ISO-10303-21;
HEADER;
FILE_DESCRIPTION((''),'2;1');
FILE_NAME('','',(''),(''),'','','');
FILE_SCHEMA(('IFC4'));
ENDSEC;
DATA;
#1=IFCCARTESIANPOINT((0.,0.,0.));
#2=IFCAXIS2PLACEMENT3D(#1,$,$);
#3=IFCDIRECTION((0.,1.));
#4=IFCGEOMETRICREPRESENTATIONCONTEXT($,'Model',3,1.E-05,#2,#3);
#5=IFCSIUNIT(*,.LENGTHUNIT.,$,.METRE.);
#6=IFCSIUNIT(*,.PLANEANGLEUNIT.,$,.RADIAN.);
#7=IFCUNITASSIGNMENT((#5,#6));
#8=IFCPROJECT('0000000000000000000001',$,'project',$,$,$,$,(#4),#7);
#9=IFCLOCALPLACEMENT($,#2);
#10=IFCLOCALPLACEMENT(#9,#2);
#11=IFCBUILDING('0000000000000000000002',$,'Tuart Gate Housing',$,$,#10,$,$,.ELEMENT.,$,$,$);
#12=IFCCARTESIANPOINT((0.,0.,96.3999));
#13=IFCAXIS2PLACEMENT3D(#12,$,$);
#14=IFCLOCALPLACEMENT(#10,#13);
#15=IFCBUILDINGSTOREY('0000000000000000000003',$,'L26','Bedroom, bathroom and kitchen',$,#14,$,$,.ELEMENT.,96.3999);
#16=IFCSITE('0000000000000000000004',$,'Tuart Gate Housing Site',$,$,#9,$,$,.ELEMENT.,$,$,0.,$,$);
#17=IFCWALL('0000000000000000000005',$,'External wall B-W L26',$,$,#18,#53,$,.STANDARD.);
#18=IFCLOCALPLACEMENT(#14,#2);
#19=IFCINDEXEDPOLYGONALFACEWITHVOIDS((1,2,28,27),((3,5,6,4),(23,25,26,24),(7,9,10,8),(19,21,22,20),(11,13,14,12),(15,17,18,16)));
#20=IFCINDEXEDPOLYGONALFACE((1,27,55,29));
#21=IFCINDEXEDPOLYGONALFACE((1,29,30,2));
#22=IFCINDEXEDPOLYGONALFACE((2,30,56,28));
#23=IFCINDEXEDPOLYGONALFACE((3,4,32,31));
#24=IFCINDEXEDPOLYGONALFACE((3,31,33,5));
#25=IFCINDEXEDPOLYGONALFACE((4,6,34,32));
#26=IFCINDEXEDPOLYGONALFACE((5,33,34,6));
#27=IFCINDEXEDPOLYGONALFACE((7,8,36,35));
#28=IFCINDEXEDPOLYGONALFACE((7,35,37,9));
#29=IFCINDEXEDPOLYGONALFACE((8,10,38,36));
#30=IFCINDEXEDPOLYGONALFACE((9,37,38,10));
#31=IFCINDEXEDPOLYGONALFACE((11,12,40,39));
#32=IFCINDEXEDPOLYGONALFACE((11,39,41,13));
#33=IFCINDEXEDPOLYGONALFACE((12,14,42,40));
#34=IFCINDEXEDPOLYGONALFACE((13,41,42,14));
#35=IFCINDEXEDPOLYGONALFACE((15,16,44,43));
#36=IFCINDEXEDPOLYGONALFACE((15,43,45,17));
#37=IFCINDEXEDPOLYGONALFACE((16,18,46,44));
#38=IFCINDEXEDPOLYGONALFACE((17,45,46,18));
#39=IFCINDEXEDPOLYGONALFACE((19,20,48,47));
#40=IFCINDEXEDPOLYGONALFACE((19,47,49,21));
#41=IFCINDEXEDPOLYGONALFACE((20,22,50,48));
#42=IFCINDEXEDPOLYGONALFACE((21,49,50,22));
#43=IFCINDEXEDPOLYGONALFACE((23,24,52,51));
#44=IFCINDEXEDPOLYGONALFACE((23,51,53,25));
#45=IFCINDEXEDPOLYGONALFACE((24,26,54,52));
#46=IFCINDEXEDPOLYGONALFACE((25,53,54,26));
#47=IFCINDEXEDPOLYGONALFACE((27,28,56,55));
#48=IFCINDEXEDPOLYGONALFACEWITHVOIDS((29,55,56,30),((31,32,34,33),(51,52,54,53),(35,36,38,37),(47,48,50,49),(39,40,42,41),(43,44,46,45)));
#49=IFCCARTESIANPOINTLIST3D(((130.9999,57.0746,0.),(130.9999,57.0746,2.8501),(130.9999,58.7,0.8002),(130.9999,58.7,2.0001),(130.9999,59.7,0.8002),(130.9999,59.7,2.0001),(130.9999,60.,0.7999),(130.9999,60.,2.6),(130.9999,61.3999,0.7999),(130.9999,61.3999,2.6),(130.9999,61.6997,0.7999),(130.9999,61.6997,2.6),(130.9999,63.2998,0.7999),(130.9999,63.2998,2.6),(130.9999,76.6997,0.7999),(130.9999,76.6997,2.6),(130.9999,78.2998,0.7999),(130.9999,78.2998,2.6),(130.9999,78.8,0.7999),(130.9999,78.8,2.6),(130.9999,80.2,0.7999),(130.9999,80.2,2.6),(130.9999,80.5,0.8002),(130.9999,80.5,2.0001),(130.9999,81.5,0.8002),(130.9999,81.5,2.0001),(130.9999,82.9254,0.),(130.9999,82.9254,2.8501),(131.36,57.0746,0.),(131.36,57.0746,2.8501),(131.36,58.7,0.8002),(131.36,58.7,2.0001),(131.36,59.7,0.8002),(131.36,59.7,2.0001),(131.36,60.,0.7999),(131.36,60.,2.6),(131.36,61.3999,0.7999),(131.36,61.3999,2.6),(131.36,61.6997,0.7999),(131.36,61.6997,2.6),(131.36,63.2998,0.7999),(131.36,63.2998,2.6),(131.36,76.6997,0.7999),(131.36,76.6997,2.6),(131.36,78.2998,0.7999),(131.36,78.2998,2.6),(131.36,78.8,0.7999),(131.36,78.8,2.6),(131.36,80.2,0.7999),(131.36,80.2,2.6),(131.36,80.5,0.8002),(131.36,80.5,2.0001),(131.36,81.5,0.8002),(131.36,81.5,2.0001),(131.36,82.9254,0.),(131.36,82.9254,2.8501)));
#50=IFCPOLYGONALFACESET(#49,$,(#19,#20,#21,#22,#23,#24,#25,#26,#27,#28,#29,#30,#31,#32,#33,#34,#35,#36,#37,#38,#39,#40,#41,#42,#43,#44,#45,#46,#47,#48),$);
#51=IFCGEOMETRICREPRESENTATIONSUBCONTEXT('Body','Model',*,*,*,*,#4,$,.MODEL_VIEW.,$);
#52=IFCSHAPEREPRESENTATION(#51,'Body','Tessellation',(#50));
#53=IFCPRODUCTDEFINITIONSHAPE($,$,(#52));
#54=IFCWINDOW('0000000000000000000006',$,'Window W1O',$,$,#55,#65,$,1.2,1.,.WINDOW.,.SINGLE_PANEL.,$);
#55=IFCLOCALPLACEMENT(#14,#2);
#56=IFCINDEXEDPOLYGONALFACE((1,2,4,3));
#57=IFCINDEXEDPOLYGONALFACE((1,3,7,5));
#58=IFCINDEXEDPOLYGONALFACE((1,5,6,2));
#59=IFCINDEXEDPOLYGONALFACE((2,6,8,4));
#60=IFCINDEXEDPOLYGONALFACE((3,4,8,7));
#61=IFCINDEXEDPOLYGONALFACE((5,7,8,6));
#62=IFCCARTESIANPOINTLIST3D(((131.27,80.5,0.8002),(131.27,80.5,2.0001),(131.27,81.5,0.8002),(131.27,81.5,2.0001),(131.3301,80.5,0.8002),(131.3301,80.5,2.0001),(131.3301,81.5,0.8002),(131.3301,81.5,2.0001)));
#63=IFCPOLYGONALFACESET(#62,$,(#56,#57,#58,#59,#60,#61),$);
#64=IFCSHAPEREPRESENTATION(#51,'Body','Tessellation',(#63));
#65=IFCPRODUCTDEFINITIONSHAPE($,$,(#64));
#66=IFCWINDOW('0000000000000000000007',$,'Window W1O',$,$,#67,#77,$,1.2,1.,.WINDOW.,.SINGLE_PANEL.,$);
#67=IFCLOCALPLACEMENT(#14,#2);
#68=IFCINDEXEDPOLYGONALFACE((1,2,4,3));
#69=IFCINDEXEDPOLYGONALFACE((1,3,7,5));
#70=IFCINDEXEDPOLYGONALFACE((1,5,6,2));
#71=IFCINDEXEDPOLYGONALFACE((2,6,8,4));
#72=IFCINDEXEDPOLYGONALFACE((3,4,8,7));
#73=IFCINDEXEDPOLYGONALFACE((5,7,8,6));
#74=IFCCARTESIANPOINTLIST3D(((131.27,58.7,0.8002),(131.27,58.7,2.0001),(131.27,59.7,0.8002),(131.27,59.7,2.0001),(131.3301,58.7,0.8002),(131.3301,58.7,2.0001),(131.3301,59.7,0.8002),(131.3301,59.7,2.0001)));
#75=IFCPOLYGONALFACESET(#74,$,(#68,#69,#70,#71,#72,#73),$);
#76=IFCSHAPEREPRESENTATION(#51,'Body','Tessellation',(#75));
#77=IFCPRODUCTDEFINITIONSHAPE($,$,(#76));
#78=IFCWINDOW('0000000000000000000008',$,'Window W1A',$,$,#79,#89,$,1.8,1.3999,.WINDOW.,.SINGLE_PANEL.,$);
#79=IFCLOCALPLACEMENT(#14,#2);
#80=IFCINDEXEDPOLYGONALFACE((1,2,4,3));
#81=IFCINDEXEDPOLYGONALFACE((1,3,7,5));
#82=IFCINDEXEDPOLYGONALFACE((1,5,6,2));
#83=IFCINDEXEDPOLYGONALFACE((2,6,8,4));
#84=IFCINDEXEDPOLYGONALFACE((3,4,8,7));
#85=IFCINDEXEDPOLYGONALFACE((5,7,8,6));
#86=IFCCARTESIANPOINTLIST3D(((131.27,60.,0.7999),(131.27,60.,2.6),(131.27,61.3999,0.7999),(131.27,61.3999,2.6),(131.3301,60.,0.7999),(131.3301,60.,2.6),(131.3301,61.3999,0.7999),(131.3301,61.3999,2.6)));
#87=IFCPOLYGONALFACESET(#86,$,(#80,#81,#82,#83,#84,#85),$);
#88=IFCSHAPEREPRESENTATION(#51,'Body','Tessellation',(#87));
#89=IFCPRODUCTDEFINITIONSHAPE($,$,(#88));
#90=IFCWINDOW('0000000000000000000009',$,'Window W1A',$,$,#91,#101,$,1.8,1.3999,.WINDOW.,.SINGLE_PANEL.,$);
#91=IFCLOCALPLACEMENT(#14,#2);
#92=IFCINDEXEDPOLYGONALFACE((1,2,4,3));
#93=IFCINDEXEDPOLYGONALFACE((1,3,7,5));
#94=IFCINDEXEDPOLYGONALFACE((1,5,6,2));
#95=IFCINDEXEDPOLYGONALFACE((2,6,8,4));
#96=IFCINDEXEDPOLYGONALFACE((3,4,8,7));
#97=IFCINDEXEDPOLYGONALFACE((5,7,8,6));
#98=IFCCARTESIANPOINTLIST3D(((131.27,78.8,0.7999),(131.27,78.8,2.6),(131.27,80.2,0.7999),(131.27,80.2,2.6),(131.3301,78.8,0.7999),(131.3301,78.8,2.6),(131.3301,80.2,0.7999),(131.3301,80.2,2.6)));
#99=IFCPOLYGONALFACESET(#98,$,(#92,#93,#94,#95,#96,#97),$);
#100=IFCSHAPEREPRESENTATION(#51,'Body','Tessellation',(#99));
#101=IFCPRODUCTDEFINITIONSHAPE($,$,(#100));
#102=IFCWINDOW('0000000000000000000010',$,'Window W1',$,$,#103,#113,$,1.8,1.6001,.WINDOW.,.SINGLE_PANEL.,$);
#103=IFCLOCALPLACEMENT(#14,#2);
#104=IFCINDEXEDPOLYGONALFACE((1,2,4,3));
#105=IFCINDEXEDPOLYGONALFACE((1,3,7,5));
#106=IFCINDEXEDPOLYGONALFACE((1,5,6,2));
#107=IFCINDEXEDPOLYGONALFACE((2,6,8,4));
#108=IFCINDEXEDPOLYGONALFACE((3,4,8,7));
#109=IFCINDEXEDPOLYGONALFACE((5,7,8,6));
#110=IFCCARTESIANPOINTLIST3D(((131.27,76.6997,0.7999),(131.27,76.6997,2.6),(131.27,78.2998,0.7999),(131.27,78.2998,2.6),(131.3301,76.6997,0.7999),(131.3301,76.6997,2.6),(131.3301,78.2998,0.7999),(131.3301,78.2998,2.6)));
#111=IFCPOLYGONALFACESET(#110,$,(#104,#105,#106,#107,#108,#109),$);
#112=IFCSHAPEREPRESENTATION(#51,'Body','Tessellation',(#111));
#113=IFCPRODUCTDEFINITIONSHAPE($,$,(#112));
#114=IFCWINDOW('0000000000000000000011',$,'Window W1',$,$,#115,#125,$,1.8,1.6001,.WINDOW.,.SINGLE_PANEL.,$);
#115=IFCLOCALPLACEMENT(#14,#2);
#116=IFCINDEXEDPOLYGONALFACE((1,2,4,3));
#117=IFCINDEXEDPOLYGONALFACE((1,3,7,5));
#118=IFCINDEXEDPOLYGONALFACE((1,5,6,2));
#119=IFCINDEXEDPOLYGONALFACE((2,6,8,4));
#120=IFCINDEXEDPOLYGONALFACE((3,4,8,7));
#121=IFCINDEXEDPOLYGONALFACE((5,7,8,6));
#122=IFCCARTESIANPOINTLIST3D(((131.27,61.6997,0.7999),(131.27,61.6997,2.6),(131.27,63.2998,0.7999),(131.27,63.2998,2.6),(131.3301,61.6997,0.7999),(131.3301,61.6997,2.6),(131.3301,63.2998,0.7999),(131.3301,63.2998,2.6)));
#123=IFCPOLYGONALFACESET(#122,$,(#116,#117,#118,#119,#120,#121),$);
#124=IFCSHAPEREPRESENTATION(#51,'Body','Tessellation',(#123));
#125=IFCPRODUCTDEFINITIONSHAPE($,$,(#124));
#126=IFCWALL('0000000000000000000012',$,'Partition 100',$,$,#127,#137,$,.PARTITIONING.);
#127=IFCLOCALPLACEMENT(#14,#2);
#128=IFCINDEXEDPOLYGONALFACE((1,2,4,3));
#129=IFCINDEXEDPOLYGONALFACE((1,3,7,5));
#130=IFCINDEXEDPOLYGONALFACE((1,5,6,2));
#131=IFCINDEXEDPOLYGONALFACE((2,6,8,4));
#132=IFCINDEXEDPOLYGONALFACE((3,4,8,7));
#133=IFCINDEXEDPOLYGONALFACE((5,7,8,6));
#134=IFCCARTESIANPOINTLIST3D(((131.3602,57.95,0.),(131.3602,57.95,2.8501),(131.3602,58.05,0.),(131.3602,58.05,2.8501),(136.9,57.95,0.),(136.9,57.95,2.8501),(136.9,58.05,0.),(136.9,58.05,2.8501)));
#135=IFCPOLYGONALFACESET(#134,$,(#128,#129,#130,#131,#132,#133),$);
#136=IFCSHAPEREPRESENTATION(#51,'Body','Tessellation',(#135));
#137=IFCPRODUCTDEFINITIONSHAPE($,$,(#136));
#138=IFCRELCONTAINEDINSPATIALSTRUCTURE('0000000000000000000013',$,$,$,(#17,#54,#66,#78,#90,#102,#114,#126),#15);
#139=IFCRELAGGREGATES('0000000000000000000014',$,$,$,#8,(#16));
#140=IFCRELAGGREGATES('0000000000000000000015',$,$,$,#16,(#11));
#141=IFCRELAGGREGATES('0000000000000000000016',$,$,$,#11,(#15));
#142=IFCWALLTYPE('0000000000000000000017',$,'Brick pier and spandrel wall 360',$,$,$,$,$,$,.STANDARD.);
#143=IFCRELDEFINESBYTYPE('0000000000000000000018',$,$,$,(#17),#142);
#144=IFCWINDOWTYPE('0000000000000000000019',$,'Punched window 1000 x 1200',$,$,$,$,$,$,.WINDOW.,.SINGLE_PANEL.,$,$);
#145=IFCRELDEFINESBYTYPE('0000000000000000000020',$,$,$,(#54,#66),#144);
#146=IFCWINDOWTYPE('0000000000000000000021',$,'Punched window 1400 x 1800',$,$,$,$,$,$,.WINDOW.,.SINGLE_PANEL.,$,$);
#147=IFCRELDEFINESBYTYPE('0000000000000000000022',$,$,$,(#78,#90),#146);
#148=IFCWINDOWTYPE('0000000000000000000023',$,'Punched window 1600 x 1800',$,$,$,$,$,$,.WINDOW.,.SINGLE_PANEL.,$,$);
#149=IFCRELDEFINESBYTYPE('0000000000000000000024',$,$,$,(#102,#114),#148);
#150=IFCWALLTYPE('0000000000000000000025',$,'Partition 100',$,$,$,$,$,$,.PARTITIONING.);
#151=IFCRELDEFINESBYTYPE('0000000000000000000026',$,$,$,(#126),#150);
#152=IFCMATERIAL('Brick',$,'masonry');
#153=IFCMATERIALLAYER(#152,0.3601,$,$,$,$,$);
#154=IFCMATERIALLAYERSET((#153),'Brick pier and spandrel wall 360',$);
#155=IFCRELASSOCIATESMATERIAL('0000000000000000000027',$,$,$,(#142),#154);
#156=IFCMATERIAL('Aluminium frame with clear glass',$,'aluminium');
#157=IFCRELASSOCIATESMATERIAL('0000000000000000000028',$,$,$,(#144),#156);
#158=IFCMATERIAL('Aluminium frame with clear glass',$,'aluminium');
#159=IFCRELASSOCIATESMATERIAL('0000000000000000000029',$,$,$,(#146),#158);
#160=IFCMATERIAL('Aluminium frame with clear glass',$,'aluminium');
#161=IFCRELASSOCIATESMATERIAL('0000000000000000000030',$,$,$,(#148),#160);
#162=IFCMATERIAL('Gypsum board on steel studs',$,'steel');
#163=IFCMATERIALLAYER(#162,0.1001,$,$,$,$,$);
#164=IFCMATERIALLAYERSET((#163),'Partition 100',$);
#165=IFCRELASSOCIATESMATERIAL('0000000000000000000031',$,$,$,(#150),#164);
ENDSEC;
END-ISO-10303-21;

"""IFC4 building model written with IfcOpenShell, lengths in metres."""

from ifc_helpers import new_model, si_unit, direction, frame, frame_2d, origin, place, context, subcontext, project, spatial, rectangle, extrude, material, layer, layer_set, type_object, element, fill, save


model = new_model("IFC4")

# Units and contexts
model_context = context("Model", 3, precision=1e-05, world=origin(), true_north=direction((0.0, 1.0)))
body_context = subcontext(model_context, "Body", "Model", "MODEL_VIEW")
ifc_project = project(units=[si_unit("LENGTHUNIT", "METRE"), si_unit("PLANEANGLEUNIT", "RADIAN")], contexts=[model_context])

# Site, building, storey
site_placement = place(None, origin())
site = spatial("IfcSite", under=ifc_project, at=site_placement, Name="Tuart Gate Housing Site", CompositionType="ELEMENT", RefElevation=0.0)
building_placement = place(site_placement, origin())
building = spatial("IfcBuilding", under=site, at=building_placement, Name="Tuart Gate Housing", CompositionType="ELEMENT")
storey_placement = place(building_placement, frame((0.0, 0.0, 96.3999)))
storey = spatial("IfcBuildingStorey", under=building, at=storey_placement, Name="L26", Description="Bedroom, bathroom and kitchen", CompositionType="ELEMENT", Elevation=96.3999)

# Shared definitions
ifc_material_1 = material(Name="Brick", Category="masonry")
ifc_layer_1 = layer(ifc_material_1, 0.3601)
ifc_layer_set_1 = layer_set([ifc_layer_1], Name="Brick pier and spandrel wall 360")
wall_type_1 = type_object("IfcWallType", Name="Brick pier and spandrel wall 360", PredefinedType="STANDARD", material=ifc_layer_set_1)
ifc_material_2 = material(Name="Aluminium frame with clear glass", Category="aluminium")
window_type_1 = type_object("IfcWindowType", Name="Punched window 1000 x 1200", PartitioningType="SINGLE_PANEL", PredefinedType="WINDOW", material=ifc_material_2)
ifc_material_3 = material(Name="Aluminium frame with clear glass", Category="aluminium")
window_type_2 = type_object("IfcWindowType", Name="Punched window 1400 x 1800", PartitioningType="SINGLE_PANEL", PredefinedType="WINDOW", material=ifc_material_3)
ifc_material_4 = material(Name="Aluminium frame with clear glass", Category="aluminium")
window_type_3 = type_object("IfcWindowType", Name="Punched window 1600 x 1800", PartitioningType="SINGLE_PANEL", PredefinedType="WINDOW", material=ifc_material_4)

# Wall, openings, windows
wall_1_placement = place(storey_placement, frame((131.1799, 82.9253, 0.0), z_axis=(0.0, 0.0, 1.0), x_axis=(0.0, -1.0, 0.0)))
wall_1 = element("IfcWall", 1, at=wall_1_placement, inside=storey, type_object=wall_type_1, Name="External wall B-W L26", PredefinedType="STANDARD", context=body_context, shape_type="SweptSolid", body=[
    extrude(rectangle(XDim=25.8508, YDim=0.3601, at=frame_2d((12.9253, 0.0))), origin(), (0.0, 0.0, 1.0), 2.8501),
])
opening_1_placement = place(wall_1_placement, frame((1.4253, 0.0, 0.8)))
opening_1 = element("IfcOpeningElement", 2, at=opening_1_placement, cuts=wall_1, PredefinedType="OPENING", context=body_context, shape_type="SweptSolid", body=[
    extrude(rectangle(XDim=1.0, YDim=1.2, at=frame_2d((0.5, 0.6001))), frame((0.0, 0.1899, 0.0), z_axis=(0.0, -1.0, 0.0), x_axis=(1.0, 0.0, 0.0)), (0.0, 0.0, 1.0), 0.3801),
])
opening_2_placement = place(wall_1_placement, frame((4.6255, 0.0, 0.8)))
opening_2 = element("IfcOpeningElement", 3, at=opening_2_placement, cuts=wall_1, PredefinedType="OPENING", context=body_context, shape_type="SweptSolid", body=[
    extrude(rectangle(XDim=1.6001, YDim=1.8, at=frame_2d((0.8, 0.8999))), frame((0.0, 0.1899, 0.0), z_axis=(0.0, -1.0, 0.0), x_axis=(1.0, 0.0, 0.0)), (0.0, 0.0, 1.0), 0.3801),
])
opening_3_placement = place(wall_1_placement, frame((19.6255, 0.0, 0.8)))
opening_3 = element("IfcOpeningElement", 4, at=opening_3_placement, cuts=wall_1, PredefinedType="OPENING", context=body_context, shape_type="SweptSolid", body=[
    extrude(rectangle(XDim=1.6001, YDim=1.8, at=frame_2d((0.8, 0.8999))), frame((0.0, 0.1899, 0.0), z_axis=(0.0, -1.0, 0.0), x_axis=(1.0, 0.0, 0.0)), (0.0, 0.0, 1.0), 0.3801),
])
opening_4_placement = place(wall_1_placement, frame((21.5254, 0.0, 0.8)))
opening_4 = element("IfcOpeningElement", 5, at=opening_4_placement, cuts=wall_1, PredefinedType="OPENING", context=body_context, shape_type="SweptSolid", body=[
    extrude(rectangle(XDim=1.3999, YDim=1.8, at=frame_2d((0.7, 0.8999))), frame((0.0, 0.1899, 0.0), z_axis=(0.0, -1.0, 0.0), x_axis=(1.0, 0.0, 0.0)), (0.0, 0.0, 1.0), 0.3801),
])
opening_5_placement = place(wall_1_placement, frame((2.7253, 0.0, 0.8)))
opening_5 = element("IfcOpeningElement", 6, at=opening_5_placement, cuts=wall_1, PredefinedType="OPENING", context=body_context, shape_type="SweptSolid", body=[
    extrude(rectangle(XDim=1.3999, YDim=1.8, at=frame_2d((0.7, 0.8999))), frame((0.0, 0.1899, 0.0), z_axis=(0.0, -1.0, 0.0), x_axis=(1.0, 0.0, 0.0)), (0.0, 0.0, 1.0), 0.3801),
])
opening_6_placement = place(wall_1_placement, frame((23.2253, 0.0, 0.8)))
opening_6 = element("IfcOpeningElement", 7, at=opening_6_placement, cuts=wall_1, PredefinedType="OPENING", context=body_context, shape_type="SweptSolid", body=[
    extrude(rectangle(XDim=1.0, YDim=1.2, at=frame_2d((0.5, 0.6001))), frame((0.0, 0.1899, 0.0), z_axis=(0.0, -1.0, 0.0), x_axis=(1.0, 0.0, 0.0)), (0.0, 0.0, 1.0), 0.3801),
])
window_1_placement = place(opening_1_placement, origin())
window_1 = element("IfcWindow", 8, at=window_1_placement, inside=storey, type_object=window_type_1, Name="Window W1O", OverallHeight=1.2, OverallWidth=1.0, PartitioningType="SINGLE_PANEL", PredefinedType="WINDOW", context=body_context, shape_type="SweptSolid", body=[
    extrude(rectangle(XDim=1.0, YDim=1.2, at=frame_2d((0.5, 0.6001))), frame((0.0, 0.1501, 0.0), z_axis=(0.0, -1.0, 0.0), x_axis=(1.0, 0.0, 0.0)), (0.0, 0.0, 1.0), 0.0601),
])
fill(opening_1, window_1)
window_2_placement = place(opening_6_placement, origin())
window_2 = element("IfcWindow", 9, at=window_2_placement, inside=storey, type_object=window_type_1, Name="Window W1O", OverallHeight=1.2, OverallWidth=1.0, PartitioningType="SINGLE_PANEL", PredefinedType="WINDOW", context=body_context, shape_type="SweptSolid", body=[
    extrude(rectangle(XDim=1.0, YDim=1.2, at=frame_2d((0.5, 0.6001))), frame((0.0, 0.1501, 0.0), z_axis=(0.0, -1.0, 0.0), x_axis=(1.0, 0.0, 0.0)), (0.0, 0.0, 1.0), 0.0601),
])
fill(opening_6, window_2)
window_3_placement = place(opening_4_placement, origin())
window_3 = element("IfcWindow", 10, at=window_3_placement, inside=storey, type_object=window_type_2, Name="Window W1A", OverallHeight=1.8, OverallWidth=1.3999, PartitioningType="SINGLE_PANEL", PredefinedType="WINDOW", context=body_context, shape_type="SweptSolid", body=[
    extrude(rectangle(XDim=1.3999, YDim=1.8, at=frame_2d((0.7, 0.8999))), frame((0.0, 0.1501, 0.0), z_axis=(0.0, -1.0, 0.0), x_axis=(1.0, 0.0, 0.0)), (0.0, 0.0, 1.0), 0.0601),
])
fill(opening_4, window_3)
window_4_placement = place(opening_5_placement, origin())
window_4 = element("IfcWindow", 11, at=window_4_placement, inside=storey, type_object=window_type_2, Name="Window W1A", OverallHeight=1.8, OverallWidth=1.3999, PartitioningType="SINGLE_PANEL", PredefinedType="WINDOW", context=body_context, shape_type="SweptSolid", body=[
    extrude(rectangle(XDim=1.3999, YDim=1.8, at=frame_2d((0.7, 0.8999))), frame((0.0, 0.1501, 0.0), z_axis=(0.0, -1.0, 0.0), x_axis=(1.0, 0.0, 0.0)), (0.0, 0.0, 1.0), 0.0601),
])
fill(opening_5, window_4)
window_5_placement = place(opening_2_placement, origin())
window_5 = element("IfcWindow", 12, at=window_5_placement, inside=storey, type_object=window_type_3, Name="Window W1", OverallHeight=1.8, OverallWidth=1.6001, PartitioningType="SINGLE_PANEL", PredefinedType="WINDOW", context=body_context, shape_type="SweptSolid", body=[
    extrude(rectangle(XDim=1.6001, YDim=1.8, at=frame_2d((0.8, 0.8999))), frame((0.0, 0.1501, 0.0), z_axis=(0.0, -1.0, 0.0), x_axis=(1.0, 0.0, 0.0)), (0.0, 0.0, 1.0), 0.0601),
])
fill(opening_2, window_5)
window_6_placement = place(opening_3_placement, origin())
window_6 = element("IfcWindow", 13, at=window_6_placement, inside=storey, type_object=window_type_3, Name="Window W1", OverallHeight=1.8, OverallWidth=1.6001, PartitioningType="SINGLE_PANEL", PredefinedType="WINDOW", context=body_context, shape_type="SweptSolid", body=[
    extrude(rectangle(XDim=1.6001, YDim=1.8, at=frame_2d((0.8, 0.8999))), frame((0.0, 0.1501, 0.0), z_axis=(0.0, -1.0, 0.0), x_axis=(1.0, 0.0, 0.0)), (0.0, 0.0, 1.0), 0.0601),
])
fill(opening_3, window_6)

# Wall
ifc_material_5 = material(Name="Gypsum board on steel studs", Category="steel")
ifc_layer_2 = layer(ifc_material_5, 0.1001)
ifc_layer_set_2 = layer_set([ifc_layer_2], Name="Partition 100")
wall_type_2 = type_object("IfcWallType", Name="Partition 100", PredefinedType="PARTITIONING", material=ifc_layer_set_2)
wall_2_placement = place(storey_placement, frame((131.3601, 58.0, 0.0), z_axis=(0.0, 0.0, 1.0), x_axis=(1.0, 0.0, 0.0)))
element("IfcWall", 14, at=wall_2_placement, inside=storey, type_object=wall_type_2, Name="Partition 100", PredefinedType="PARTITIONING", context=body_context, shape_type="SweptSolid", body=[
    extrude(rectangle(XDim=5.5398, YDim=0.1001, at=frame_2d((2.77, 0.0))), origin(), (0.0, 0.0, 1.0), 2.8501),
])

save(model, "model.ifc")
